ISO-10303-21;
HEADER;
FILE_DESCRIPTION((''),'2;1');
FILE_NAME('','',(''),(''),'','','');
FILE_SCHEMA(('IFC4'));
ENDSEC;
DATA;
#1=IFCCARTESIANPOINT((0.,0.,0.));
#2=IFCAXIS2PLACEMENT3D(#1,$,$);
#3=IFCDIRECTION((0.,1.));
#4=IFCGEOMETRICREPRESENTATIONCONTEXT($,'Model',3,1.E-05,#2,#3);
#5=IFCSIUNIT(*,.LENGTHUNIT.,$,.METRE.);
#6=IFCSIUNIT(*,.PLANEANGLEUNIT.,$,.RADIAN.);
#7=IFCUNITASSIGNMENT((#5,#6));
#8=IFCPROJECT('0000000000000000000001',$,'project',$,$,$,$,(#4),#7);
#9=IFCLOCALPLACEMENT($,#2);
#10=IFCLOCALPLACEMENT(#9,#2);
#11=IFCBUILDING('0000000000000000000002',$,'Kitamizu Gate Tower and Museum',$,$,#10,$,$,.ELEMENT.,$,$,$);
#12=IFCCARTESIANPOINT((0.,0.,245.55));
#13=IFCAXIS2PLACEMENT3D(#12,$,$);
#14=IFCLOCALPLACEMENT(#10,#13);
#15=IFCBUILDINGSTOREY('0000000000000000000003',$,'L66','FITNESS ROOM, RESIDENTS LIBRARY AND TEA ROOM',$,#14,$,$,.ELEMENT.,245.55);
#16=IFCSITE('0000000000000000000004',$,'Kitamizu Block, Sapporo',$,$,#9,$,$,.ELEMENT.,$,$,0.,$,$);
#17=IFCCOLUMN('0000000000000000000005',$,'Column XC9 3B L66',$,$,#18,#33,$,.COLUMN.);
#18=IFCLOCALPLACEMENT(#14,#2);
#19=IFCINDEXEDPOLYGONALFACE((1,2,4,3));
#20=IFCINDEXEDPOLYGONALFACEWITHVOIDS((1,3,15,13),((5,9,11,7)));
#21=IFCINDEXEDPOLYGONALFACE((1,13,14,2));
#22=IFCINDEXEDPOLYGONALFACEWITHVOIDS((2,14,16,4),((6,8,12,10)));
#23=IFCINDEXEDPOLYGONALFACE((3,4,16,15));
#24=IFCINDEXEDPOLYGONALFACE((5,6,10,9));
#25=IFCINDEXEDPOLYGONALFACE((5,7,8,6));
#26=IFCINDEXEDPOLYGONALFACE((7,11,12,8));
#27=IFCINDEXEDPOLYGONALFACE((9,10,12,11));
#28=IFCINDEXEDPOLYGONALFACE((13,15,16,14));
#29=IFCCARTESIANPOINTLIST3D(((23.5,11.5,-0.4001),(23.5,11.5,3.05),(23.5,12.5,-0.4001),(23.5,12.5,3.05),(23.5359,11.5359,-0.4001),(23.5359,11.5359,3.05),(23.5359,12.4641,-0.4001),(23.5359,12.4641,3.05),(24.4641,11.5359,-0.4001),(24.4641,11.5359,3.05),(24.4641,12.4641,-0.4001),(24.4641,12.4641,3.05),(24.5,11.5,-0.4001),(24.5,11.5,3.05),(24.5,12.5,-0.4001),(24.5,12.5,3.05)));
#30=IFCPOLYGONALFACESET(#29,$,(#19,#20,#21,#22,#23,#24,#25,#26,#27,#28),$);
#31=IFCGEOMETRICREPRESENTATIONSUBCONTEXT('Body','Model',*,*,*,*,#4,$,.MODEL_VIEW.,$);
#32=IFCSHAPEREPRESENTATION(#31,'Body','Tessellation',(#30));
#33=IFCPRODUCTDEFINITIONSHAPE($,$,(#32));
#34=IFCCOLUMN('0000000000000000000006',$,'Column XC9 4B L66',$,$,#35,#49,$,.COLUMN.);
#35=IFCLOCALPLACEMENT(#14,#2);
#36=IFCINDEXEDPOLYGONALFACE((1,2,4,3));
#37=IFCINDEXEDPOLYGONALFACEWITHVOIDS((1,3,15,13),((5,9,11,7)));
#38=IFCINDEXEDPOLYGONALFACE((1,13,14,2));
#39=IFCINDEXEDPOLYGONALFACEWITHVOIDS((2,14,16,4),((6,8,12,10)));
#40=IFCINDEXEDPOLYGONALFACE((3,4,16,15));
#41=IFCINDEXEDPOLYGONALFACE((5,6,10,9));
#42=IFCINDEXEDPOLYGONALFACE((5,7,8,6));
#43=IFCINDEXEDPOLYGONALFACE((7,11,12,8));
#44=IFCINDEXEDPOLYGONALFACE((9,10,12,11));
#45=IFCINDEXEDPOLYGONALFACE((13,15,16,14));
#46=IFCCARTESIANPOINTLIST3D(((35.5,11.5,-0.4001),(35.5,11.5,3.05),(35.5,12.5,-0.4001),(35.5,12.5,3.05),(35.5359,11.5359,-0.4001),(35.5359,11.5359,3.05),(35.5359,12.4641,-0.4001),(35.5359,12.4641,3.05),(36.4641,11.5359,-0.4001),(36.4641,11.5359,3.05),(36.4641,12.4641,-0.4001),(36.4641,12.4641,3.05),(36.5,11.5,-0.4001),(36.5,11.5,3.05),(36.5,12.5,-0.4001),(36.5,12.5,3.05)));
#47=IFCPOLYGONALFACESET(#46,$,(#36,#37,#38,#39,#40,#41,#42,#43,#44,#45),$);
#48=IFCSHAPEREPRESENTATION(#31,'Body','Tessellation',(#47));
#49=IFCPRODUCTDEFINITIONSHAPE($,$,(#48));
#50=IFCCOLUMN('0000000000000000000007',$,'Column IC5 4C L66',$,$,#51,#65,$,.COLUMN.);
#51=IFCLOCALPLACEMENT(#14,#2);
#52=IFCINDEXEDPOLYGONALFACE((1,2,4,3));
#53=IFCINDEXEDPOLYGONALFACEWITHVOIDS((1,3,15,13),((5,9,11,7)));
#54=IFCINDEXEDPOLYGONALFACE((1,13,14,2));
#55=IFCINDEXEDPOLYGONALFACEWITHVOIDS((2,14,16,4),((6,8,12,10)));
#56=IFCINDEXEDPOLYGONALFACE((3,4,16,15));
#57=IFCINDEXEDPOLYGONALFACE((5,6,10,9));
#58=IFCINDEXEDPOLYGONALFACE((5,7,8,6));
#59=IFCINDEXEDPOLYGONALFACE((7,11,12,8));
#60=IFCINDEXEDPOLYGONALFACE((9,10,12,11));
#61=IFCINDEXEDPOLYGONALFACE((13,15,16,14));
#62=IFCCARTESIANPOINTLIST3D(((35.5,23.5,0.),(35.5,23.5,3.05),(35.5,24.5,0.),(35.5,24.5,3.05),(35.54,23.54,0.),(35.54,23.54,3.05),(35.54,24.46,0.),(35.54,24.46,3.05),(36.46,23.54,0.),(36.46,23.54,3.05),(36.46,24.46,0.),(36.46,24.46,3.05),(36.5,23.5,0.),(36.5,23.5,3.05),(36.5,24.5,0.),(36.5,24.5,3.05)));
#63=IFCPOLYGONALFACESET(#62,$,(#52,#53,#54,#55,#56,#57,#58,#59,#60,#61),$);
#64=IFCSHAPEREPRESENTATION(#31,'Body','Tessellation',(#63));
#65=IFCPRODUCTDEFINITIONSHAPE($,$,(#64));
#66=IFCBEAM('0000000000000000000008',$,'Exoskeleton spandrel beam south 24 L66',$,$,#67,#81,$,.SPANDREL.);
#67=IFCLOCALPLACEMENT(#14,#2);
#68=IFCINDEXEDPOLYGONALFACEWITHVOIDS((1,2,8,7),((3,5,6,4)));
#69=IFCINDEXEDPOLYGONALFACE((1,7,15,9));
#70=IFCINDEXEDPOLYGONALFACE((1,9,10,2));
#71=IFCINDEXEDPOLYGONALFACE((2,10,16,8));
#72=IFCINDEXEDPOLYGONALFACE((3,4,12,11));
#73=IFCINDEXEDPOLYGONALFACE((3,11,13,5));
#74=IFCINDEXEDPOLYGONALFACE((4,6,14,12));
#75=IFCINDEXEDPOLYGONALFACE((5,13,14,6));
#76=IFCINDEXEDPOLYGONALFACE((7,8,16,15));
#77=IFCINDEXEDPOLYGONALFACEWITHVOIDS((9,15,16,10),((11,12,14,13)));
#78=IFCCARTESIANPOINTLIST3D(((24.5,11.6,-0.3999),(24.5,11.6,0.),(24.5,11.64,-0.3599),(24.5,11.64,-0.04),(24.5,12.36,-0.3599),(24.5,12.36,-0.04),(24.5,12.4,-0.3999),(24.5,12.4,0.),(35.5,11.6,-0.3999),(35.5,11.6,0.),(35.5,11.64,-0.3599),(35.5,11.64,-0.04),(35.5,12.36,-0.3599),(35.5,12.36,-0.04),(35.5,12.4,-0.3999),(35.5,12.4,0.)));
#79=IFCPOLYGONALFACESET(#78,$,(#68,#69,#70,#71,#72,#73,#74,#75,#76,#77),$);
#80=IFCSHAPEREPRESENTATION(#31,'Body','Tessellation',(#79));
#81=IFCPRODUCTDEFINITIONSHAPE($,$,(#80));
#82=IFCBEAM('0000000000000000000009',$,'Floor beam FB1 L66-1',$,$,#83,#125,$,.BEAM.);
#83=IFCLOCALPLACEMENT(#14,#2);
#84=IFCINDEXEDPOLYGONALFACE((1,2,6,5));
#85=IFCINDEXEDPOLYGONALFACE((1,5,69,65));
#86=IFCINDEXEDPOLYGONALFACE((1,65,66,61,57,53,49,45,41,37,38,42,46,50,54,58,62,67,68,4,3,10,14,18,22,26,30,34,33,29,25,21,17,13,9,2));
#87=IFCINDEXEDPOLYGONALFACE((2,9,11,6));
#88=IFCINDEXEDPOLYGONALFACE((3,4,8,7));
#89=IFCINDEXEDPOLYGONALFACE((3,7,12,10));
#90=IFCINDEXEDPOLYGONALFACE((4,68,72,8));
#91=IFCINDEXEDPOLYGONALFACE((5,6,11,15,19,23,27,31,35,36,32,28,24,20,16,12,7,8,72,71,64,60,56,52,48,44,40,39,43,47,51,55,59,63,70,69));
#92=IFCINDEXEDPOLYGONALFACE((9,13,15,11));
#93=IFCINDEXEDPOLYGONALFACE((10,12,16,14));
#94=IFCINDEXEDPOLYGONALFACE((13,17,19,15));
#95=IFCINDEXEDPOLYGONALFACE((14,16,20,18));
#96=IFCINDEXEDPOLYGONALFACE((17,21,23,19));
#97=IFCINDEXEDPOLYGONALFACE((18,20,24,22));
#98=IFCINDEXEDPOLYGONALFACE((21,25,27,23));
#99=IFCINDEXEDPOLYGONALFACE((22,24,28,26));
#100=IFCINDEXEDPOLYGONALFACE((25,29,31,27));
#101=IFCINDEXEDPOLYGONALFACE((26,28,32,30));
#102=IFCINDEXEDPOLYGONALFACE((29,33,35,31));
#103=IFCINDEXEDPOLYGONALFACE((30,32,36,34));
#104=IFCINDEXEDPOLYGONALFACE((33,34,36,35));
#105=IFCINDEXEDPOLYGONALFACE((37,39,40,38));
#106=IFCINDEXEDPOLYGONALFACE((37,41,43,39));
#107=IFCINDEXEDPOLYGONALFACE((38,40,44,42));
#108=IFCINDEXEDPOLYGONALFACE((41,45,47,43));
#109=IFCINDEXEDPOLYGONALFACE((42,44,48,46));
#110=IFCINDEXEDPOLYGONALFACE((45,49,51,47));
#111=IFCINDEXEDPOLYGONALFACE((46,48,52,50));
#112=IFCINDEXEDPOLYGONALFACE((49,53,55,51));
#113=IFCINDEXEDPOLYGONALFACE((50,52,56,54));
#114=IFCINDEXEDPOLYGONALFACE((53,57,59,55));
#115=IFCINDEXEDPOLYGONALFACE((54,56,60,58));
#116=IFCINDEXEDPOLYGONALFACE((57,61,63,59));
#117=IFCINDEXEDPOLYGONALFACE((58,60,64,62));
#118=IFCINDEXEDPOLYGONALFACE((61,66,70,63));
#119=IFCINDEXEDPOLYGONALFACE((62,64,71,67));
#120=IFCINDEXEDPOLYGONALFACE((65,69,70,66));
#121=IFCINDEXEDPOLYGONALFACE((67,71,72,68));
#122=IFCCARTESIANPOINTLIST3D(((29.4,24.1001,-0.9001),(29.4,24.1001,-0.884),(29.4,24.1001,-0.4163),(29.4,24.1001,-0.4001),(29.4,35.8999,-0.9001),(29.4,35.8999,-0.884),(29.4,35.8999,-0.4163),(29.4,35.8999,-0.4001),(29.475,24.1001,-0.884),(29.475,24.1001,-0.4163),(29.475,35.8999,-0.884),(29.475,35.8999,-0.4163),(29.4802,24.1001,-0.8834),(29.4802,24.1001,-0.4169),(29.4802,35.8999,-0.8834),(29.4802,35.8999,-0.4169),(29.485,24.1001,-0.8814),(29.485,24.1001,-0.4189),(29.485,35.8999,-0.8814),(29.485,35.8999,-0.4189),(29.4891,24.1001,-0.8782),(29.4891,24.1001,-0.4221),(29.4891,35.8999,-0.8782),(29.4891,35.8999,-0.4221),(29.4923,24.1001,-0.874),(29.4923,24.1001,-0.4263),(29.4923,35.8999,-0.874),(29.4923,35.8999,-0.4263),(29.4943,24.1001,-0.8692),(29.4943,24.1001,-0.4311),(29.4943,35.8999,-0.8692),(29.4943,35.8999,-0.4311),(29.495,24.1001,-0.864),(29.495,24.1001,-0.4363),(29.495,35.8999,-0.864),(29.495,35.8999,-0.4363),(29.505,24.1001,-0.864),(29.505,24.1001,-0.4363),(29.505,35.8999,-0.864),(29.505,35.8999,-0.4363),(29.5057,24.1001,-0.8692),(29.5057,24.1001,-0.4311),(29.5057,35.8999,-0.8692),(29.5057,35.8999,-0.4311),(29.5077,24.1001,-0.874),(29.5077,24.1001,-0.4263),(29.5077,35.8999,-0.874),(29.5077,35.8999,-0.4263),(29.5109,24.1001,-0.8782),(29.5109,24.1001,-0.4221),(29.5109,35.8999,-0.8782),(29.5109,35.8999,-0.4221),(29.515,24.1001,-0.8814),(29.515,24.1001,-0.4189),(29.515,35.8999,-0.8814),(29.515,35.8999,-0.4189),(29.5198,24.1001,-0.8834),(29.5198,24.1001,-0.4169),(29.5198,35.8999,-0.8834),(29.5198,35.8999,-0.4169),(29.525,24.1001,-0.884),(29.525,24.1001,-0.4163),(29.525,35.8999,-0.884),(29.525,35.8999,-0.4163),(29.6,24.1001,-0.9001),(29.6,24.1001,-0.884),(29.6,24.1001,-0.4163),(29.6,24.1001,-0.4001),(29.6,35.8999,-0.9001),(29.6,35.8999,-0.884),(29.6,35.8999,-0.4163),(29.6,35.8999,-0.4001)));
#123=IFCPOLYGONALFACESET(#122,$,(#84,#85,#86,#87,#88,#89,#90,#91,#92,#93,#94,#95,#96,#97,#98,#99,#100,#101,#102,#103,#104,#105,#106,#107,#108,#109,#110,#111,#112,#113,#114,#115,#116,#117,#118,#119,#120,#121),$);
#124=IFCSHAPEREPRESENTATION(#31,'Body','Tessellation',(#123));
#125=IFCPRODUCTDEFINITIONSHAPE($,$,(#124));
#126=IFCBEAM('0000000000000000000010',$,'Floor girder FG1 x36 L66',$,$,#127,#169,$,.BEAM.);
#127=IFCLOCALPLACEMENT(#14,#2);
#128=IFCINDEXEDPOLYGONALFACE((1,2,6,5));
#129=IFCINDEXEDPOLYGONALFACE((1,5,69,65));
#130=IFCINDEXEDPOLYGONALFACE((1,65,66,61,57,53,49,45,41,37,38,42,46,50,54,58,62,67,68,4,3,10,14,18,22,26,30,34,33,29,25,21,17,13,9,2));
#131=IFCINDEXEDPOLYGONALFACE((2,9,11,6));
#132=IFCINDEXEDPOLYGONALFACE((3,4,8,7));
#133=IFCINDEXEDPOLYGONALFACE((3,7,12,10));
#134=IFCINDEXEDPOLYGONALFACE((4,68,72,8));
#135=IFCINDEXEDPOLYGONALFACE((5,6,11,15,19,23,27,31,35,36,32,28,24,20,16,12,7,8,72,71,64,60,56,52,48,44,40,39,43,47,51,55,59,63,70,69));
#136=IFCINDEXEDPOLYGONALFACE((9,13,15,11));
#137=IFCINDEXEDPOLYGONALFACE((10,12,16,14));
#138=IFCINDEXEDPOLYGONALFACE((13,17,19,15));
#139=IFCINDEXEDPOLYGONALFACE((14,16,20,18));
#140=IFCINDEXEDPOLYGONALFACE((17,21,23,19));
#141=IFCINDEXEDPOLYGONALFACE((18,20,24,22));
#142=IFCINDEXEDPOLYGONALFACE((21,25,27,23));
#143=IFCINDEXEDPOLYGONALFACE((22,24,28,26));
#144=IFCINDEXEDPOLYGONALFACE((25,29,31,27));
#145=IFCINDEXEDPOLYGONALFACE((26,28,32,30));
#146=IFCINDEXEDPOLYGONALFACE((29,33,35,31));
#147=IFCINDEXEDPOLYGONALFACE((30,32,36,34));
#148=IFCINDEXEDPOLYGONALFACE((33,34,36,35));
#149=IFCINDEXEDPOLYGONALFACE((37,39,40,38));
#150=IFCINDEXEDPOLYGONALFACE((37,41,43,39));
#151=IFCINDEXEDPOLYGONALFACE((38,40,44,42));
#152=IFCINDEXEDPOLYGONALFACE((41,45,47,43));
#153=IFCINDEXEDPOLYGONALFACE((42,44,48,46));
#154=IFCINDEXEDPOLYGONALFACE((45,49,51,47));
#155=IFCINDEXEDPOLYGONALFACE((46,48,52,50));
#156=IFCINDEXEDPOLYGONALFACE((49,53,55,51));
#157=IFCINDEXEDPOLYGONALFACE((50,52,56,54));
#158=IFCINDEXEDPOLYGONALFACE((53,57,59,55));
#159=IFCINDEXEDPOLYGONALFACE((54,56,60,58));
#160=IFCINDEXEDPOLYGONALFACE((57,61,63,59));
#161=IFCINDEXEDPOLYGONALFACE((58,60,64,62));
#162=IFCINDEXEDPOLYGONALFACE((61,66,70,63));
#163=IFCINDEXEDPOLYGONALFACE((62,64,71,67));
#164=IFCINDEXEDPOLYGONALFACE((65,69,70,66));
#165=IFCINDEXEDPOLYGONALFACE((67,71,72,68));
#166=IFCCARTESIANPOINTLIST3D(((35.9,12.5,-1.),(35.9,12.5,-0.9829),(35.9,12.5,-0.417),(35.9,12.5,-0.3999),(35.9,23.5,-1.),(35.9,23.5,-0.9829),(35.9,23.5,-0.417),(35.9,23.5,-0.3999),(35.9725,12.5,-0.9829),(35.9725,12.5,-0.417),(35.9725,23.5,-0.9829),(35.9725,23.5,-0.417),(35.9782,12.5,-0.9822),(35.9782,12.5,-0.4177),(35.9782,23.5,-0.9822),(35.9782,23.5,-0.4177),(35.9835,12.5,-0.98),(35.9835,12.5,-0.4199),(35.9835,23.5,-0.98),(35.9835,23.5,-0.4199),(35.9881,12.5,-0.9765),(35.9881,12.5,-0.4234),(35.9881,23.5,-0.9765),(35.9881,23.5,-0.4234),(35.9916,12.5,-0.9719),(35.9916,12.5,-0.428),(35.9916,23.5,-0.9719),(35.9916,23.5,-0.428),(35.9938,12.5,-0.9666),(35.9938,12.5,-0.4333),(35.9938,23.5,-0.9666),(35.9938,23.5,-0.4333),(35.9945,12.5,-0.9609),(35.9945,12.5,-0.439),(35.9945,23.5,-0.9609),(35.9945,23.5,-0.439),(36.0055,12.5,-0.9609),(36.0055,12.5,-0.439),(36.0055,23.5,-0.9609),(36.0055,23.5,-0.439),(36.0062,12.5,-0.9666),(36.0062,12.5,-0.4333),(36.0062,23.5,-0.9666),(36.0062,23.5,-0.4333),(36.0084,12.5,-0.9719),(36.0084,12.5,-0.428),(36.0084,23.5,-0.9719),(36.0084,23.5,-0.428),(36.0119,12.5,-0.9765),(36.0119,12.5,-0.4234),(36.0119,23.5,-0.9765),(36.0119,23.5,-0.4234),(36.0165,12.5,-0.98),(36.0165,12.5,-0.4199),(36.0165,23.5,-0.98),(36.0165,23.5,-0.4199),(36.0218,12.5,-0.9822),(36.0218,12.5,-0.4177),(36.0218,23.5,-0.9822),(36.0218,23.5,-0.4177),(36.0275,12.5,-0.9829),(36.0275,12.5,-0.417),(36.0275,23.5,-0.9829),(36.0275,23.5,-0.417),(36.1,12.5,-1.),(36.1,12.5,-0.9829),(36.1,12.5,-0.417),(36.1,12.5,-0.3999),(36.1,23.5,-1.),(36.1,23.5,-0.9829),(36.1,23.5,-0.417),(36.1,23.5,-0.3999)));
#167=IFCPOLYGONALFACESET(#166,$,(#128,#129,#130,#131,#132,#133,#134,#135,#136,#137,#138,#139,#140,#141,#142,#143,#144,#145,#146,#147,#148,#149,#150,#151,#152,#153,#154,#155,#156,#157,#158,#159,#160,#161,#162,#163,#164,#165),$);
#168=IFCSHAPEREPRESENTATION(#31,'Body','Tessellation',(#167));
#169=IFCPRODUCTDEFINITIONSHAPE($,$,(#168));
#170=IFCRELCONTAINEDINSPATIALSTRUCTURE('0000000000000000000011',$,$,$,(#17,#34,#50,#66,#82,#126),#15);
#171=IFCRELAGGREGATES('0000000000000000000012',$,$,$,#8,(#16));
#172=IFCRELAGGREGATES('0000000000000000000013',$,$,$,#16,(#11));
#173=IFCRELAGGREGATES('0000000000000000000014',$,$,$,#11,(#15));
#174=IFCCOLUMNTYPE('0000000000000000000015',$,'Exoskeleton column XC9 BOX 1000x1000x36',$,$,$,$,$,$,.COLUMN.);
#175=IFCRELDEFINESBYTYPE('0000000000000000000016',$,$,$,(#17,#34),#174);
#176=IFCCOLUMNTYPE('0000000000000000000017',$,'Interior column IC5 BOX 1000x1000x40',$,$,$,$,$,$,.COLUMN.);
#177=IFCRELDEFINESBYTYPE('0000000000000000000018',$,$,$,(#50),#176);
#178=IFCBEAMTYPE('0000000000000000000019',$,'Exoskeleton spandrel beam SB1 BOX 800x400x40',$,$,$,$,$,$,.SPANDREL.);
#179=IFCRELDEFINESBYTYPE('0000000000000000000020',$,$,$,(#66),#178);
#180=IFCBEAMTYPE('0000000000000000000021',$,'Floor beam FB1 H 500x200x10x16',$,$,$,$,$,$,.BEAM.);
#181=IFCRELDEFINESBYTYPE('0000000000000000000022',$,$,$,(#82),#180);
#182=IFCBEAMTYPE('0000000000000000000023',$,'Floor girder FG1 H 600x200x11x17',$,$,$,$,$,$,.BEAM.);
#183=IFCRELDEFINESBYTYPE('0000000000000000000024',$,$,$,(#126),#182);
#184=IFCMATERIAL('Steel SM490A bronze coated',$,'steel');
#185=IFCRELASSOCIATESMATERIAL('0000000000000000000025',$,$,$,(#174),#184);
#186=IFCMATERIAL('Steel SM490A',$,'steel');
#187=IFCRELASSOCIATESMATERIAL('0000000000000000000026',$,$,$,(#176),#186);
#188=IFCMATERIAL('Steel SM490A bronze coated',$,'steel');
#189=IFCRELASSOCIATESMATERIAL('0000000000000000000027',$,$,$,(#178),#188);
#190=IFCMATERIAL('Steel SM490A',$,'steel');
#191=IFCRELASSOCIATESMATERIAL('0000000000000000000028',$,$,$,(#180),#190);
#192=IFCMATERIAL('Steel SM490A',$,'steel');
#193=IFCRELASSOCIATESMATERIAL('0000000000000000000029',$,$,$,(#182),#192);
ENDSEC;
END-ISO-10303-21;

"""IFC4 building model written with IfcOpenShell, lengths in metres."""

from ifc_helpers import new_model, si_unit, direction, frame, origin, origin_2d, place, context, subcontext, project, spatial, hollow_rectangle, i_section, extrude, material, material_profile, profile_set, type_object, element, save


model = new_model("IFC4")

# Units and contexts
model_context = context("Model", 3, precision=1e-05, world=origin(), true_north=direction((0.0, 1.0)))
body_context = subcontext(model_context, "Body", "Model", "MODEL_VIEW")
ifc_project = project(units=[si_unit("LENGTHUNIT", "METRE"), si_unit("PLANEANGLEUNIT", "RADIAN")], contexts=[model_context])

# Site, building, storey
site_placement = place(None, origin())
site = spatial("IfcSite", under=ifc_project, at=site_placement, Name="Kitamizu Block, Sapporo", CompositionType="ELEMENT", RefElevation=0.0)
building_placement = place(site_placement, origin())
building = spatial("IfcBuilding", under=site, at=building_placement, Name="Kitamizu Gate Tower and Museum", CompositionType="ELEMENT")
storey_placement = place(building_placement, frame((0.0, 0.0, 245.55)))
storey = spatial("IfcBuildingStorey", under=building, at=storey_placement, Name="L66", Description="FITNESS ROOM, RESIDENTS LIBRARY AND TEA ROOM", CompositionType="ELEMENT", Elevation=245.55)

# Columns
ifc_material_1 = material(Name="Steel SM490A bronze coated", Category="steel")
ifc_material_profile_1 = material_profile(ifc_material_1, hollow_rectangle(XDim=1.0, YDim=1.0, WallThickness=0.0359, at=origin_2d()), Name="BOX 1000x1000x36")
ifc_profile_set_1 = profile_set([ifc_material_profile_1], Name="Steel SM490A bronze coated")
column_type_1 = type_object("IfcColumnType", Name="Exoskeleton column XC9 BOX 1000x1000x36", PredefinedType="COLUMN", material=ifc_profile_set_1)
for number, where, z_axis, x_axis, name in (
    (1, (24.0, 12.0, -0.4001), (0.0, 0.0, 1.0), (1.0, 0.0, 0.0), "Column XC9 3B L66"),
    (2, (36.0, 12.0, -0.4001), (0.0, 0.0, 1.0), (1.0, 0.0, 0.0), "Column XC9 4B L66"),
):
    element("IfcColumn", number, at=place(storey_placement, frame(where, z_axis=z_axis, x_axis=x_axis)), inside=storey, type_object=column_type_1, Name=name, PredefinedType="COLUMN", context=body_context, shape_type="SweptSolid", body=[
        extrude(hollow_rectangle(XDim=1.0, YDim=1.0, WallThickness=0.0359, at=origin_2d()), origin(), (0.0, 0.0, 1.0), 3.4502),
    ])
ifc_material_2 = material(Name="Steel SM490A", Category="steel")
ifc_material_profile_2 = material_profile(ifc_material_2, hollow_rectangle(XDim=1.0, YDim=1.0, WallThickness=0.04, at=origin_2d()), Name="BOX 1000x1000x40")
ifc_profile_set_2 = profile_set([ifc_material_profile_2], Name="Steel SM490A")
column_type_2 = type_object("IfcColumnType", Name="Interior column IC5 BOX 1000x1000x40", PredefinedType="COLUMN", material=ifc_profile_set_2)
column_placement = place(storey_placement, frame((36.0, 24.0, 0.0), z_axis=(0.0, 0.0, 1.0), x_axis=(1.0, 0.0, 0.0)))
element("IfcColumn", 3, at=column_placement, inside=storey, type_object=column_type_2, Name="Column IC5 4C L66", PredefinedType="COLUMN", context=body_context, shape_type="SweptSolid", body=[
    extrude(hollow_rectangle(XDim=1.0, YDim=1.0, WallThickness=0.04, at=origin_2d()), origin(), (0.0, 0.0, 1.0), 3.05),
])

# Beams
ifc_material_3 = material(Name="Steel SM490A bronze coated", Category="steel")
ifc_material_profile_3 = material_profile(ifc_material_3, hollow_rectangle(XDim=0.8, YDim=0.3999, WallThickness=0.04, at=origin_2d()), Name="BOX 800x400x40")
ifc_profile_set_3 = profile_set([ifc_material_profile_3], Name="Steel SM490A bronze coated")
beam_type_1 = type_object("IfcBeamType", Name="Exoskeleton spandrel beam SB1 BOX 800x400x40", PredefinedType="SPANDREL", material=ifc_profile_set_3)
beam_1_placement = place(storey_placement, frame((24.5, 12.0, -0.2), z_axis=(1.0, 0.0, 0.0), x_axis=(0.0, 1.0, 0.0)))
element("IfcBeam", 4, at=beam_1_placement, inside=storey, type_object=beam_type_1, Name="Exoskeleton spandrel beam south 24 L66", PredefinedType="SPANDREL", context=body_context, shape_type="SweptSolid", body=[
    extrude(hollow_rectangle(XDim=0.8, YDim=0.3999, WallThickness=0.04, at=origin_2d()), origin(), (0.0, 0.0, 1.0), 11.0),
])
ifc_material_4 = material(Name="Steel SM490A", Category="steel")
ifc_material_profile_4 = material_profile(ifc_material_4, i_section(OverallWidth=0.2, OverallDepth=0.5, WebThickness=0.01, FlangeThickness=0.0161, FilletRadius=0.02, at=origin_2d()), Name="H-500x200x10x16")
ifc_profile_set_4 = profile_set([ifc_material_profile_4], Name="Steel SM490A")
beam_type_2 = type_object("IfcBeamType", Name="Floor beam FB1 H 500x200x10x16", PredefinedType="BEAM", material=ifc_profile_set_4)
beam_2_placement = place(storey_placement, frame((29.5, 24.1001, -0.6501), z_axis=(0.0, 1.0, 0.0), x_axis=(-1.0, 0.0, 0.0)))
element("IfcBeam", 5, at=beam_2_placement, inside=storey, type_object=beam_type_2, Name="Floor beam FB1 L66-1", PredefinedType="BEAM", context=body_context, shape_type="SweptSolid", body=[
    extrude(i_section(OverallWidth=0.2, OverallDepth=0.5, WebThickness=0.01, FlangeThickness=0.0161, FilletRadius=0.02, at=origin_2d()), origin(), (0.0, 0.0, 1.0), 11.7998),
])
ifc_material_5 = material(Name="Steel SM490A", Category="steel")
ifc_material_profile_5 = material_profile(ifc_material_5, i_section(OverallWidth=0.2, OverallDepth=0.6001, WebThickness=0.011, FlangeThickness=0.0171, FilletRadius=0.022, at=origin_2d()), Name="H-600x200x11x17")
ifc_profile_set_5 = profile_set([ifc_material_profile_5], Name="Steel SM490A")
beam_type_3 = type_object("IfcBeamType", Name="Floor girder FG1 H 600x200x11x17", PredefinedType="BEAM", material=ifc_profile_set_5)
beam_3_placement = place(storey_placement, frame((36.0, 12.5, -0.7), z_axis=(0.0, 1.0, 0.0), x_axis=(-1.0, 0.0, 0.0)))
element("IfcBeam", 6, at=beam_3_placement, inside=storey, type_object=beam_type_3, Name="Floor girder FG1 x36 L66", PredefinedType="BEAM", context=body_context, shape_type="SweptSolid", body=[
    extrude(i_section(OverallWidth=0.2, OverallDepth=0.6001, WebThickness=0.011, FlangeThickness=0.0171, FilletRadius=0.022, at=origin_2d()), origin(), (0.0, 0.0, 1.0), 11.0),
])

save(model, "model.ifc")
